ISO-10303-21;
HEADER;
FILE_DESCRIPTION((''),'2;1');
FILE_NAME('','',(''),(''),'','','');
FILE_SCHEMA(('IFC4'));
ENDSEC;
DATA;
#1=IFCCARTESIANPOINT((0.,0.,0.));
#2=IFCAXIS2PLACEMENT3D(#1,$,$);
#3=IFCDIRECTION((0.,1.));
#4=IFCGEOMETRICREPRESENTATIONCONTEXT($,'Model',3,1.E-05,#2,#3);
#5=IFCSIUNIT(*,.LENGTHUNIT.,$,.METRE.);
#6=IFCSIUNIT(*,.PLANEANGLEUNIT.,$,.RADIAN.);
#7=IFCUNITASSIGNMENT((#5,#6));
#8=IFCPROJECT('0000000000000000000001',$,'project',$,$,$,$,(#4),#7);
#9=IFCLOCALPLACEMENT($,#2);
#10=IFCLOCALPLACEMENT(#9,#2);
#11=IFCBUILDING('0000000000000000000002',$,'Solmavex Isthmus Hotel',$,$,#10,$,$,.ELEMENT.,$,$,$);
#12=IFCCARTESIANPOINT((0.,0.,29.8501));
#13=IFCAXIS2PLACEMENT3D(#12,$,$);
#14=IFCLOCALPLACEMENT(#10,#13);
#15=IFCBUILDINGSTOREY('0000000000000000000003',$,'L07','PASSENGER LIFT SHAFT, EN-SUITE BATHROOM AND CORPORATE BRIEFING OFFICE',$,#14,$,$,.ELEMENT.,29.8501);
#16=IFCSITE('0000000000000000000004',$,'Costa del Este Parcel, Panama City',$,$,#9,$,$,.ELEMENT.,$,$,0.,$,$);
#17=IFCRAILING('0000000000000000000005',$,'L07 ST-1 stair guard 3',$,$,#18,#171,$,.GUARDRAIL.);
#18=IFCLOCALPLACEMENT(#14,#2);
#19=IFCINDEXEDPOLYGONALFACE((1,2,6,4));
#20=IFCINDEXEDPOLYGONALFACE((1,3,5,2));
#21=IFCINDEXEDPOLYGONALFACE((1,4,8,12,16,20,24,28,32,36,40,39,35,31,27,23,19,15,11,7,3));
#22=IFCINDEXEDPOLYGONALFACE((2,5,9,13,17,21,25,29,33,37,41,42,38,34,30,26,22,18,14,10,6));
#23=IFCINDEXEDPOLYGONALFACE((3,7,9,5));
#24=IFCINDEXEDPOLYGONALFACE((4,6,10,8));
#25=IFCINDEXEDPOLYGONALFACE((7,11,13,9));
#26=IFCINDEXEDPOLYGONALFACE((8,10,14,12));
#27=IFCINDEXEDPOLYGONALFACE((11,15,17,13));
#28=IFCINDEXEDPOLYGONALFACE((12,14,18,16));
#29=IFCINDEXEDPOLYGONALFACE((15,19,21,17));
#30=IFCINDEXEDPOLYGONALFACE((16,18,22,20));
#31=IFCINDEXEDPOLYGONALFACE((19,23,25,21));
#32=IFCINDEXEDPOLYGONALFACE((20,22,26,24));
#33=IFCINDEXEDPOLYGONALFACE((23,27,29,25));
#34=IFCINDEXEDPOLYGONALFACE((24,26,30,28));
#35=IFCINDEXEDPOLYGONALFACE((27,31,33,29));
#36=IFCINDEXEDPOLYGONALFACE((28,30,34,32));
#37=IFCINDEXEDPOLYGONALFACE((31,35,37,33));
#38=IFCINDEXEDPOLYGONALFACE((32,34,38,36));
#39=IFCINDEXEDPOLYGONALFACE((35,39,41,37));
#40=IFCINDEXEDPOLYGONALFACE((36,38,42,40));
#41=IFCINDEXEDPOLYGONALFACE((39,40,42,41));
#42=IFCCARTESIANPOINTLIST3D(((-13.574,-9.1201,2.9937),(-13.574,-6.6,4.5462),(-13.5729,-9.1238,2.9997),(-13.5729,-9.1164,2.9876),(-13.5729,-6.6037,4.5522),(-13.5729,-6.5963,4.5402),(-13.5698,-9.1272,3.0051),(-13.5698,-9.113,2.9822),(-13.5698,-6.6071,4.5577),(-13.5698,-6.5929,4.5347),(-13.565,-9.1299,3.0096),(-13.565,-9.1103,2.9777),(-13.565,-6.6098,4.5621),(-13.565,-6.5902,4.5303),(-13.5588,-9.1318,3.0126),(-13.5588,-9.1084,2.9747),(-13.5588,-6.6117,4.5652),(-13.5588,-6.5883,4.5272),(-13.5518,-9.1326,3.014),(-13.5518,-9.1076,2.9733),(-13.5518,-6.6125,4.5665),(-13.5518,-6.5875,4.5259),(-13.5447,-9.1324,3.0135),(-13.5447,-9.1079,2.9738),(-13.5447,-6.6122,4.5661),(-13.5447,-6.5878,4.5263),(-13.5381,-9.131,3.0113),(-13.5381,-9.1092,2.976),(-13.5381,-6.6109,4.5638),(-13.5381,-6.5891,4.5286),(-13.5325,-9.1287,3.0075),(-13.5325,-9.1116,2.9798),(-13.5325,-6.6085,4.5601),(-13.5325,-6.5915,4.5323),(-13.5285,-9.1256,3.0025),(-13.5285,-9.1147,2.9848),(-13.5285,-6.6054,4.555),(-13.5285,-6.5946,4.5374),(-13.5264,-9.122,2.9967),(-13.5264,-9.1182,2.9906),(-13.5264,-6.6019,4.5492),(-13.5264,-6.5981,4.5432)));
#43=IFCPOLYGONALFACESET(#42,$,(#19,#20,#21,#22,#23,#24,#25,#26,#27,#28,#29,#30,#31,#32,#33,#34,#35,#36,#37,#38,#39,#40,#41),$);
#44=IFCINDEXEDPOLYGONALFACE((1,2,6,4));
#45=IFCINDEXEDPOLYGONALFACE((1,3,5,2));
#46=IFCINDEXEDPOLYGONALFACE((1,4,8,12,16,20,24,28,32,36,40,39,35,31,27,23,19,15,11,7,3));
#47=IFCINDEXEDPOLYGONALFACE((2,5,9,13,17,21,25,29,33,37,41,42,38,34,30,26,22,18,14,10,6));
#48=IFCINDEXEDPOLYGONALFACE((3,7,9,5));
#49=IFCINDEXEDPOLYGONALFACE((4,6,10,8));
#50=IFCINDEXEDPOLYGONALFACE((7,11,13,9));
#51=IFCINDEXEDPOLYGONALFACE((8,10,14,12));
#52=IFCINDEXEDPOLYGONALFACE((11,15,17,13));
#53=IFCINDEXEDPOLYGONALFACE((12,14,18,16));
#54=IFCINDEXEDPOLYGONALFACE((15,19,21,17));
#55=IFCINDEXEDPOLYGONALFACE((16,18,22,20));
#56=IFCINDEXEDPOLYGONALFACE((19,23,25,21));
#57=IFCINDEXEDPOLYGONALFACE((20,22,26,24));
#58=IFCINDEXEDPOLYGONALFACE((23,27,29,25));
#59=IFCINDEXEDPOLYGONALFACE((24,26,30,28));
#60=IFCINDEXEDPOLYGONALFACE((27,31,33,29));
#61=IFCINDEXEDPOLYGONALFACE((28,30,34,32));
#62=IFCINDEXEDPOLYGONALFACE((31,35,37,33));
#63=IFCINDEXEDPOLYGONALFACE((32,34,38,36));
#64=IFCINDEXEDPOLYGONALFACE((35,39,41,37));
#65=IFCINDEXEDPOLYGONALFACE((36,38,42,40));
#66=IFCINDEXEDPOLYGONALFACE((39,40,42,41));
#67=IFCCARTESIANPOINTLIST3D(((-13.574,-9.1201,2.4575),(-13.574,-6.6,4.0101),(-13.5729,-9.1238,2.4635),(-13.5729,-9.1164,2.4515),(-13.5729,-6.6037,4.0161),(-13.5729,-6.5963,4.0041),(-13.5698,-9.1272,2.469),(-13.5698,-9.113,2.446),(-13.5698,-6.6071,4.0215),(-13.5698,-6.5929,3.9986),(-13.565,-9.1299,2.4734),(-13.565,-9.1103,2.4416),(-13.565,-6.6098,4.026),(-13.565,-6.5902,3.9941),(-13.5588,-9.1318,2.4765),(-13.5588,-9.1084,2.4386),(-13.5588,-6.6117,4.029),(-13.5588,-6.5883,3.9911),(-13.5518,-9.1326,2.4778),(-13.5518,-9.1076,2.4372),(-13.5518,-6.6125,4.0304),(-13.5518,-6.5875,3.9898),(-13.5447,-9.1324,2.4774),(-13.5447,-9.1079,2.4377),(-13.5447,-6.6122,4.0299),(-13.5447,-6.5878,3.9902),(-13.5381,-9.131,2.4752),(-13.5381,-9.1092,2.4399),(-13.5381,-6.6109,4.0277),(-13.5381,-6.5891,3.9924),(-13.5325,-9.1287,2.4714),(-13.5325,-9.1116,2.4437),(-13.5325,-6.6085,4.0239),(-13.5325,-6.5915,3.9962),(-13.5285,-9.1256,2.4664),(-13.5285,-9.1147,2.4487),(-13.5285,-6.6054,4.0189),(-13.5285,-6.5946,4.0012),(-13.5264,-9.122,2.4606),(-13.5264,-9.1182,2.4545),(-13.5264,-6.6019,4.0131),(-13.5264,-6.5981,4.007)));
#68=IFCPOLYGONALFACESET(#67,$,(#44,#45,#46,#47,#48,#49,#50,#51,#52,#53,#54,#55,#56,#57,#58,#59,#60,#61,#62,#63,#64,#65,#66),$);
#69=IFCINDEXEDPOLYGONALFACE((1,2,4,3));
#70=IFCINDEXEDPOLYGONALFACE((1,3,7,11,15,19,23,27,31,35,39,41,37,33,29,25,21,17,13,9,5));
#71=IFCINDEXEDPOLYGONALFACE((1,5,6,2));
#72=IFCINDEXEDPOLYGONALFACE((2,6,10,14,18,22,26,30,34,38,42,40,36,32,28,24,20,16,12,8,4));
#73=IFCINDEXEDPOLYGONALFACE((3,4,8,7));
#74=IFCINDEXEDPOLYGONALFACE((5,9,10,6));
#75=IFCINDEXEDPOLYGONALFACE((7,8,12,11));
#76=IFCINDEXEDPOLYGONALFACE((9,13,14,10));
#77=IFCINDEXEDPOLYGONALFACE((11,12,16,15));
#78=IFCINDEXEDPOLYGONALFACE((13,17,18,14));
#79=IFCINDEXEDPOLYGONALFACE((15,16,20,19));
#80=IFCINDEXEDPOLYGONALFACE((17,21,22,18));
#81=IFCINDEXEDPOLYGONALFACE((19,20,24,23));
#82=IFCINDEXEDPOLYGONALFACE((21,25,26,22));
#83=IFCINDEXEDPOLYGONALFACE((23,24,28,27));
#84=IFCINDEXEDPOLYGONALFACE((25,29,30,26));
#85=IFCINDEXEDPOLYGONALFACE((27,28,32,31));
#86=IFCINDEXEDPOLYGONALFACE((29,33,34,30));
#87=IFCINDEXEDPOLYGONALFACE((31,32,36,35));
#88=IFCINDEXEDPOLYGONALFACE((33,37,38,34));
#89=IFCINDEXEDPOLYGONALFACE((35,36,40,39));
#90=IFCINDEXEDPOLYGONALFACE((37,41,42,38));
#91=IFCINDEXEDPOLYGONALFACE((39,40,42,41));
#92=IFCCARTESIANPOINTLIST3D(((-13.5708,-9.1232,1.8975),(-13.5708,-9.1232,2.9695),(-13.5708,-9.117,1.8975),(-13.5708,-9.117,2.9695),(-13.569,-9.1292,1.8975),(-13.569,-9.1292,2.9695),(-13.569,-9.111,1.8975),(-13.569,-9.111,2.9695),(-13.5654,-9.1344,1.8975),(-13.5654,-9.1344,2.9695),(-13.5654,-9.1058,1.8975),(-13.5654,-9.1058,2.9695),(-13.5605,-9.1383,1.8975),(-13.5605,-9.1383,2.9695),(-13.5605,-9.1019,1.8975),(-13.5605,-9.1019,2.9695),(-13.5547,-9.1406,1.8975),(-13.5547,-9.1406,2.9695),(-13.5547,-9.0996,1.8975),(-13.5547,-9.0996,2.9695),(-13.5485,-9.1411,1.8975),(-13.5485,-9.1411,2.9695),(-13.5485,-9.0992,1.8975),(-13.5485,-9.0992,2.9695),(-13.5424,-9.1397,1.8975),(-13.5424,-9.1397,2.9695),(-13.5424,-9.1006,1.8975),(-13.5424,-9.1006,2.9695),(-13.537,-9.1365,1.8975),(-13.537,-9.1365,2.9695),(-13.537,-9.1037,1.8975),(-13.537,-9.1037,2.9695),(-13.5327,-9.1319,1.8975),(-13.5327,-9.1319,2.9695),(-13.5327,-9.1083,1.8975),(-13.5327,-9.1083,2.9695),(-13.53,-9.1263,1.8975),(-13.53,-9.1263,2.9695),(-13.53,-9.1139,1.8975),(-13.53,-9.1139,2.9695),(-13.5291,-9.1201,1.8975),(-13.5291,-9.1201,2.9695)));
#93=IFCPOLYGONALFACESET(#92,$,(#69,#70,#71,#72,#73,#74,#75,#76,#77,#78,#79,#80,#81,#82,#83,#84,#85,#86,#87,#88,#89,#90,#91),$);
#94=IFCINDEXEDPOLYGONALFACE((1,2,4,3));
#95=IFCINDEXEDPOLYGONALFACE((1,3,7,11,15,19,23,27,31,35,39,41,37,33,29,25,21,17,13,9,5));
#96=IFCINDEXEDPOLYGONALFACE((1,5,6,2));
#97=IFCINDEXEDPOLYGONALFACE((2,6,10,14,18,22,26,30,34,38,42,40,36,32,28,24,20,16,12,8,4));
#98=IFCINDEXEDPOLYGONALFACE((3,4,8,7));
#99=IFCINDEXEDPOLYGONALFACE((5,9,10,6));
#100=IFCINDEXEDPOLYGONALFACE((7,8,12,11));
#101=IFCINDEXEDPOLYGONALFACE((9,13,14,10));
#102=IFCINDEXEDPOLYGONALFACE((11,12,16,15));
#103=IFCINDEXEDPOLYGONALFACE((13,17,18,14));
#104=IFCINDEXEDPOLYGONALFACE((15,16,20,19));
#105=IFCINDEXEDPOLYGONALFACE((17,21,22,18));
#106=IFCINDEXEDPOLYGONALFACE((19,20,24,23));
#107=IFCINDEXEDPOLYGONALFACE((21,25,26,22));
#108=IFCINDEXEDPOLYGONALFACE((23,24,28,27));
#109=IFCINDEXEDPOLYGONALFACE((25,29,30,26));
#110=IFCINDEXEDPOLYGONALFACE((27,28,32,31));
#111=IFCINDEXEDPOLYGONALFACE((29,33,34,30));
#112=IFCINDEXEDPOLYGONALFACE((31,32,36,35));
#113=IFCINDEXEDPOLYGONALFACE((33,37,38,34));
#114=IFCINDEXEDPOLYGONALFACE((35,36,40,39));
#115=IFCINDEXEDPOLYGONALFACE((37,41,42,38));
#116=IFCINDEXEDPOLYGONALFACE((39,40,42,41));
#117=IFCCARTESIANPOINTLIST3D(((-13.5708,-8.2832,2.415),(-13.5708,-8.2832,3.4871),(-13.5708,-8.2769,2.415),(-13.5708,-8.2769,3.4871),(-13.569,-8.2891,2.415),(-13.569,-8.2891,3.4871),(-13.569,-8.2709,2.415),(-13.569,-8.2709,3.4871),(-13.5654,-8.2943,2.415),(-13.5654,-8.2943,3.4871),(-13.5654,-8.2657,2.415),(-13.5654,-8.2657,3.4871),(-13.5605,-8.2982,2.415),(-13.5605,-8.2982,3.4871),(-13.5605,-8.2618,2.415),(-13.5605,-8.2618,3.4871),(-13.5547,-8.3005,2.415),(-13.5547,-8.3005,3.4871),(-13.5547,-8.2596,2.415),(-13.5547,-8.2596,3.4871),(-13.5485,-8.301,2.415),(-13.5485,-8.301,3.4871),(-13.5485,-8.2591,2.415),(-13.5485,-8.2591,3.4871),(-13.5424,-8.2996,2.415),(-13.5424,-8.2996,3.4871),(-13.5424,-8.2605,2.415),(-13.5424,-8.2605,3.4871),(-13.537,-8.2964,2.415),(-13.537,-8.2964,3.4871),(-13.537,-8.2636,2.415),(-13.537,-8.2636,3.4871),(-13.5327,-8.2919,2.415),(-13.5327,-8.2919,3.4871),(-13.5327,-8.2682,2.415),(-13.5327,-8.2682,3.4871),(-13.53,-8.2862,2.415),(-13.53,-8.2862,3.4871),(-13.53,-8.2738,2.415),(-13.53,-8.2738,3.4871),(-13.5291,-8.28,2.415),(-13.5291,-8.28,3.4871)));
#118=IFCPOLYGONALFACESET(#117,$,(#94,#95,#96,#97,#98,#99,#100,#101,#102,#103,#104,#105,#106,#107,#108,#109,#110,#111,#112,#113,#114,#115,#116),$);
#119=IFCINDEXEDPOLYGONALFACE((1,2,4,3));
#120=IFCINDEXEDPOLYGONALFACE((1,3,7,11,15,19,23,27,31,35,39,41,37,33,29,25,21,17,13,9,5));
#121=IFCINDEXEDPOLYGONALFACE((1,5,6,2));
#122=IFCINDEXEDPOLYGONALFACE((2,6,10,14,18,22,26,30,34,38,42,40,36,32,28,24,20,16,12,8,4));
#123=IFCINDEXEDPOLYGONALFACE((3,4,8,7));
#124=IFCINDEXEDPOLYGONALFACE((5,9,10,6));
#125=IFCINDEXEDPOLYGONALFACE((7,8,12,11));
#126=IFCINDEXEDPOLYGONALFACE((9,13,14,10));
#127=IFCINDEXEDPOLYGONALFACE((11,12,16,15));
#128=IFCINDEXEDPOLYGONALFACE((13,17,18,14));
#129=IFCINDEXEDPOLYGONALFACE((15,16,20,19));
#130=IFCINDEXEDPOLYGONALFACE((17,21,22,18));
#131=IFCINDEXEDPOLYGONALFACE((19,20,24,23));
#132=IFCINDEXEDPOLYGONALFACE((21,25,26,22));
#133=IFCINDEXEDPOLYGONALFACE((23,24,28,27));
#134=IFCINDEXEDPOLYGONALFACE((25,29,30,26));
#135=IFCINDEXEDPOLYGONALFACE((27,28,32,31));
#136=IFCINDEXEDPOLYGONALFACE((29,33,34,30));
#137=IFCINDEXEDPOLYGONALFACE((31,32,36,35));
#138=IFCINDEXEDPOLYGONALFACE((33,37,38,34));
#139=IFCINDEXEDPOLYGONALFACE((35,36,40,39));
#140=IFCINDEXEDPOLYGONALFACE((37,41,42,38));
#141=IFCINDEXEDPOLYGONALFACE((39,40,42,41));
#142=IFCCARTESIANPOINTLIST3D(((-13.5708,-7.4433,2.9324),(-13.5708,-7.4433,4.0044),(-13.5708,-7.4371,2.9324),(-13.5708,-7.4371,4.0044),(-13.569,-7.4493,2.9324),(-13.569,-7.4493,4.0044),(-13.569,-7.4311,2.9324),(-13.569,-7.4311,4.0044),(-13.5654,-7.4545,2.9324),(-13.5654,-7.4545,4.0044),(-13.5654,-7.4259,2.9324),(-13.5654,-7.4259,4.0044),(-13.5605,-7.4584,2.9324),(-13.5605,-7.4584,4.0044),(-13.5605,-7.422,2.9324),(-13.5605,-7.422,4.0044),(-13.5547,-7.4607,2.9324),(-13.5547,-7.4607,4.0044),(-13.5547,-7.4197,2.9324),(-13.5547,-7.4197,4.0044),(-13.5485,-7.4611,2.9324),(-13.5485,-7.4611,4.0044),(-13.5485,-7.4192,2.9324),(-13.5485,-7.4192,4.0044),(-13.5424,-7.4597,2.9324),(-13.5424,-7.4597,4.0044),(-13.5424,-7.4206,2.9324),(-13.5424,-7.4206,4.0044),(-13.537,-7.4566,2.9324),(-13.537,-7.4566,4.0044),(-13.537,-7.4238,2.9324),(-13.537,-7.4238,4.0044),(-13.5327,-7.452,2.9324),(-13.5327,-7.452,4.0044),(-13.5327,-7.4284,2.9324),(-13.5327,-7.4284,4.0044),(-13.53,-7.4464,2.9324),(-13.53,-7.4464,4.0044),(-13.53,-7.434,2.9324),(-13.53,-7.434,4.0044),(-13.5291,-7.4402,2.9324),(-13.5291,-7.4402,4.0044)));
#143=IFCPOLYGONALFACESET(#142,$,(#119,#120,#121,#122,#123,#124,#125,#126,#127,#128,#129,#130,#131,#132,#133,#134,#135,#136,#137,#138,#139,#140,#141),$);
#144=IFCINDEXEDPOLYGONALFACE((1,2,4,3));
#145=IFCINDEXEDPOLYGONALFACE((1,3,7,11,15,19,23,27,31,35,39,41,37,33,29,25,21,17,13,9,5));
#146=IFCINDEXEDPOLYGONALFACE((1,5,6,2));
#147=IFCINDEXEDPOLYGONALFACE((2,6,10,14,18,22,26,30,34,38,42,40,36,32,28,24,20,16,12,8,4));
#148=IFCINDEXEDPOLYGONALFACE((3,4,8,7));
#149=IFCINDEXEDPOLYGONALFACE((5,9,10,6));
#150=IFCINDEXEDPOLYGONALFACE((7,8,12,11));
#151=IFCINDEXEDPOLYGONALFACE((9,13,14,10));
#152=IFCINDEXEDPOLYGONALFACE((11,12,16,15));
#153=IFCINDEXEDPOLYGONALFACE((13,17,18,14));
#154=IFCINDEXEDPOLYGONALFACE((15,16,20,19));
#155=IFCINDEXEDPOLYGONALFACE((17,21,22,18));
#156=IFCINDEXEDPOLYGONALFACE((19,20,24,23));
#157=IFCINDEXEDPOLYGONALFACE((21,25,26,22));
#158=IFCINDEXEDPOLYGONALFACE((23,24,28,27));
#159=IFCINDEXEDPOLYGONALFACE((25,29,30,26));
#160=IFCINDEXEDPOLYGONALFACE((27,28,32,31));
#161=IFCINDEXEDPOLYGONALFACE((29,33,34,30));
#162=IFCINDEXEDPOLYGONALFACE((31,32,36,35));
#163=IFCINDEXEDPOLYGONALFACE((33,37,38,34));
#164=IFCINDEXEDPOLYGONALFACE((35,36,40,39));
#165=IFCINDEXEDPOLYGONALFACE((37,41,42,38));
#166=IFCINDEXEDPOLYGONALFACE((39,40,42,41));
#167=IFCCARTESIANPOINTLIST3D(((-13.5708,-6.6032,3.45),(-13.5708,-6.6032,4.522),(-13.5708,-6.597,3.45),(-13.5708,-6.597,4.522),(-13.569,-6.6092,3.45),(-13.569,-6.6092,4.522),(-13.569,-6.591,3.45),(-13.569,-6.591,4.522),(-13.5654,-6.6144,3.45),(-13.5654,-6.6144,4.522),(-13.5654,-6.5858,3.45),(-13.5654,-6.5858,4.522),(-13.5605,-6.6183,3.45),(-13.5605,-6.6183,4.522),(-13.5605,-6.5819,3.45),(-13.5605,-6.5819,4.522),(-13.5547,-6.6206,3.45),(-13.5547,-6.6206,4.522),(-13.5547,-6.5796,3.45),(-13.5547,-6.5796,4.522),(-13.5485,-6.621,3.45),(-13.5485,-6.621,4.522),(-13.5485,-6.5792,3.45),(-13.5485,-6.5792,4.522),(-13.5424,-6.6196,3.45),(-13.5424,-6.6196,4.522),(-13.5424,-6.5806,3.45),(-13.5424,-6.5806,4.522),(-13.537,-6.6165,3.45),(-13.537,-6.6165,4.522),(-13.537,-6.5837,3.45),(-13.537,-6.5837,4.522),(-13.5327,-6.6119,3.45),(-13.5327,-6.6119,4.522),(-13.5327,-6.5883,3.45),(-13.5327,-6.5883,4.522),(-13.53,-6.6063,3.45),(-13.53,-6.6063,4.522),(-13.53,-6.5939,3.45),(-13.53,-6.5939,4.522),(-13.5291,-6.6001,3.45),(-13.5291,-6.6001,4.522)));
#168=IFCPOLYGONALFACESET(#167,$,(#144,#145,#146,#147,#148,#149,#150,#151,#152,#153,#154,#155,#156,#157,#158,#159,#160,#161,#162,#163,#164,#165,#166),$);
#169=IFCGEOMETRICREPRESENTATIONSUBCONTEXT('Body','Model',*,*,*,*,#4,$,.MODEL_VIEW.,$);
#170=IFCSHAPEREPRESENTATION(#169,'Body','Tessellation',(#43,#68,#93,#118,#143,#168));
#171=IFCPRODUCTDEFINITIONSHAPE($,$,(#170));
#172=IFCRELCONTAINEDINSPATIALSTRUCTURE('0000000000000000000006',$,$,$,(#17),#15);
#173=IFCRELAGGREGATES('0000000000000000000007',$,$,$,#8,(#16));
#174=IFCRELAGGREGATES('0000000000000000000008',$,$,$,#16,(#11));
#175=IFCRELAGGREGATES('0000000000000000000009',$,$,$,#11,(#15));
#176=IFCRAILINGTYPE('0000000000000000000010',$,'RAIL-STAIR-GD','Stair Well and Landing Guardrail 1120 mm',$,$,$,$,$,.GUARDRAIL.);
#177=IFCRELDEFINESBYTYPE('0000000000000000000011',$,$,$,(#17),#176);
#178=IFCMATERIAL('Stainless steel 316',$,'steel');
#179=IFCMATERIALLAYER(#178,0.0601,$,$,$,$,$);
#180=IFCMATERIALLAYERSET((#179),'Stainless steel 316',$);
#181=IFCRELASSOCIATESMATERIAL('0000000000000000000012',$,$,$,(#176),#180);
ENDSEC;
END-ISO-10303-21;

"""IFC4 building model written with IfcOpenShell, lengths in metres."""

from ifc_helpers import new_model, si_unit, direction, frame, origin, origin_2d, place, context, subcontext, project, spatial, circle, extrude, material, layer, layer_set, type_object, element, save


model = new_model("IFC4")

# Units and contexts
model_context = context("Model", 3, precision=1e-05, world=origin(), true_north=direction((0.0, 1.0)))
body_context = subcontext(model_context, "Body", "Model", "MODEL_VIEW")
ifc_project = project(units=[si_unit("LENGTHUNIT", "METRE"), si_unit("PLANEANGLEUNIT", "RADIAN")], contexts=[model_context])

# Site, building, storey
site_placement = place(None, origin())
site = spatial("IfcSite", under=ifc_project, at=site_placement, Name="Costa del Este Parcel, Panama City", CompositionType="ELEMENT", RefElevation=0.0)
building_placement = place(site_placement, origin())
building = spatial("IfcBuilding", under=site, at=building_placement, Name="Solmavex Isthmus Hotel", CompositionType="ELEMENT")
storey_placement = place(building_placement, frame((0.0, 0.0, 29.8501)))
storey = spatial("IfcBuildingStorey", under=building, at=storey_placement, Name="L07", Description="PASSENGER LIFT SHAFT, EN-SUITE BATHROOM AND CORPORATE BRIEFING OFFICE", CompositionType="ELEMENT", Elevation=29.8501)

# Shared definitions
ifc_material_1 = material(Name="Stainless steel 316", Category="steel")

# Railing
ifc_layer_1 = layer(ifc_material_1, 0.0601)
ifc_layer_set_1 = layer_set([ifc_layer_1], Name="Stainless steel 316")
railing_type_1 = type_object("IfcRailingType", Name="RAIL-STAIR-GD", Description="Stair Well and Landing Guardrail 1120 mm", PredefinedType="GUARDRAIL", material=ifc_layer_set_1)
railing_1_placement = place(storey_placement, frame((-13.55, -9.1201, 1.8975)))
element("IfcRailing", 1, at=railing_1_placement, inside=storey, type_object=railing_type_1, Name="L07 ST-1 stair guard 3", PredefinedType="GUARDRAIL", context=body_context, shape_type="SweptSolid", body=[
    extrude(circle(Radius=0.0239, at=origin_2d()), frame((0.0, 0.0, 1.0962), z_axis=(0.0, 0.8514, 0.524516), x_axis=(-1.0, 0.0, 0.0)), (0.0, 0.0, 1.0), 2.96),
    extrude(circle(Radius=0.0239, at=origin_2d()), frame((0.0, 0.0, 0.5601), z_axis=(0.0, 0.8514, 0.524516), x_axis=(-1.0, 0.0, 0.0)), (0.0, 0.0, 1.0), 2.96),
    extrude(circle(Radius=0.021, at=origin_2d()), origin(), (0.0, 0.0, 1.0), 1.072),
    extrude(circle(Radius=0.021, at=origin_2d()), frame((0.0, 0.8401, 0.5176)), (0.0, 0.0, 1.0), 1.072),
    extrude(circle(Radius=0.021, at=origin_2d()), frame((0.0, 1.6799, 1.0349)), (0.0, 0.0, 1.0), 1.072),
    extrude(circle(Radius=0.021, at=origin_2d()), frame((0.0, 2.52, 1.5525)), (0.0, 0.0, 1.0), 1.072),
])

save(model, "model.ifc")
